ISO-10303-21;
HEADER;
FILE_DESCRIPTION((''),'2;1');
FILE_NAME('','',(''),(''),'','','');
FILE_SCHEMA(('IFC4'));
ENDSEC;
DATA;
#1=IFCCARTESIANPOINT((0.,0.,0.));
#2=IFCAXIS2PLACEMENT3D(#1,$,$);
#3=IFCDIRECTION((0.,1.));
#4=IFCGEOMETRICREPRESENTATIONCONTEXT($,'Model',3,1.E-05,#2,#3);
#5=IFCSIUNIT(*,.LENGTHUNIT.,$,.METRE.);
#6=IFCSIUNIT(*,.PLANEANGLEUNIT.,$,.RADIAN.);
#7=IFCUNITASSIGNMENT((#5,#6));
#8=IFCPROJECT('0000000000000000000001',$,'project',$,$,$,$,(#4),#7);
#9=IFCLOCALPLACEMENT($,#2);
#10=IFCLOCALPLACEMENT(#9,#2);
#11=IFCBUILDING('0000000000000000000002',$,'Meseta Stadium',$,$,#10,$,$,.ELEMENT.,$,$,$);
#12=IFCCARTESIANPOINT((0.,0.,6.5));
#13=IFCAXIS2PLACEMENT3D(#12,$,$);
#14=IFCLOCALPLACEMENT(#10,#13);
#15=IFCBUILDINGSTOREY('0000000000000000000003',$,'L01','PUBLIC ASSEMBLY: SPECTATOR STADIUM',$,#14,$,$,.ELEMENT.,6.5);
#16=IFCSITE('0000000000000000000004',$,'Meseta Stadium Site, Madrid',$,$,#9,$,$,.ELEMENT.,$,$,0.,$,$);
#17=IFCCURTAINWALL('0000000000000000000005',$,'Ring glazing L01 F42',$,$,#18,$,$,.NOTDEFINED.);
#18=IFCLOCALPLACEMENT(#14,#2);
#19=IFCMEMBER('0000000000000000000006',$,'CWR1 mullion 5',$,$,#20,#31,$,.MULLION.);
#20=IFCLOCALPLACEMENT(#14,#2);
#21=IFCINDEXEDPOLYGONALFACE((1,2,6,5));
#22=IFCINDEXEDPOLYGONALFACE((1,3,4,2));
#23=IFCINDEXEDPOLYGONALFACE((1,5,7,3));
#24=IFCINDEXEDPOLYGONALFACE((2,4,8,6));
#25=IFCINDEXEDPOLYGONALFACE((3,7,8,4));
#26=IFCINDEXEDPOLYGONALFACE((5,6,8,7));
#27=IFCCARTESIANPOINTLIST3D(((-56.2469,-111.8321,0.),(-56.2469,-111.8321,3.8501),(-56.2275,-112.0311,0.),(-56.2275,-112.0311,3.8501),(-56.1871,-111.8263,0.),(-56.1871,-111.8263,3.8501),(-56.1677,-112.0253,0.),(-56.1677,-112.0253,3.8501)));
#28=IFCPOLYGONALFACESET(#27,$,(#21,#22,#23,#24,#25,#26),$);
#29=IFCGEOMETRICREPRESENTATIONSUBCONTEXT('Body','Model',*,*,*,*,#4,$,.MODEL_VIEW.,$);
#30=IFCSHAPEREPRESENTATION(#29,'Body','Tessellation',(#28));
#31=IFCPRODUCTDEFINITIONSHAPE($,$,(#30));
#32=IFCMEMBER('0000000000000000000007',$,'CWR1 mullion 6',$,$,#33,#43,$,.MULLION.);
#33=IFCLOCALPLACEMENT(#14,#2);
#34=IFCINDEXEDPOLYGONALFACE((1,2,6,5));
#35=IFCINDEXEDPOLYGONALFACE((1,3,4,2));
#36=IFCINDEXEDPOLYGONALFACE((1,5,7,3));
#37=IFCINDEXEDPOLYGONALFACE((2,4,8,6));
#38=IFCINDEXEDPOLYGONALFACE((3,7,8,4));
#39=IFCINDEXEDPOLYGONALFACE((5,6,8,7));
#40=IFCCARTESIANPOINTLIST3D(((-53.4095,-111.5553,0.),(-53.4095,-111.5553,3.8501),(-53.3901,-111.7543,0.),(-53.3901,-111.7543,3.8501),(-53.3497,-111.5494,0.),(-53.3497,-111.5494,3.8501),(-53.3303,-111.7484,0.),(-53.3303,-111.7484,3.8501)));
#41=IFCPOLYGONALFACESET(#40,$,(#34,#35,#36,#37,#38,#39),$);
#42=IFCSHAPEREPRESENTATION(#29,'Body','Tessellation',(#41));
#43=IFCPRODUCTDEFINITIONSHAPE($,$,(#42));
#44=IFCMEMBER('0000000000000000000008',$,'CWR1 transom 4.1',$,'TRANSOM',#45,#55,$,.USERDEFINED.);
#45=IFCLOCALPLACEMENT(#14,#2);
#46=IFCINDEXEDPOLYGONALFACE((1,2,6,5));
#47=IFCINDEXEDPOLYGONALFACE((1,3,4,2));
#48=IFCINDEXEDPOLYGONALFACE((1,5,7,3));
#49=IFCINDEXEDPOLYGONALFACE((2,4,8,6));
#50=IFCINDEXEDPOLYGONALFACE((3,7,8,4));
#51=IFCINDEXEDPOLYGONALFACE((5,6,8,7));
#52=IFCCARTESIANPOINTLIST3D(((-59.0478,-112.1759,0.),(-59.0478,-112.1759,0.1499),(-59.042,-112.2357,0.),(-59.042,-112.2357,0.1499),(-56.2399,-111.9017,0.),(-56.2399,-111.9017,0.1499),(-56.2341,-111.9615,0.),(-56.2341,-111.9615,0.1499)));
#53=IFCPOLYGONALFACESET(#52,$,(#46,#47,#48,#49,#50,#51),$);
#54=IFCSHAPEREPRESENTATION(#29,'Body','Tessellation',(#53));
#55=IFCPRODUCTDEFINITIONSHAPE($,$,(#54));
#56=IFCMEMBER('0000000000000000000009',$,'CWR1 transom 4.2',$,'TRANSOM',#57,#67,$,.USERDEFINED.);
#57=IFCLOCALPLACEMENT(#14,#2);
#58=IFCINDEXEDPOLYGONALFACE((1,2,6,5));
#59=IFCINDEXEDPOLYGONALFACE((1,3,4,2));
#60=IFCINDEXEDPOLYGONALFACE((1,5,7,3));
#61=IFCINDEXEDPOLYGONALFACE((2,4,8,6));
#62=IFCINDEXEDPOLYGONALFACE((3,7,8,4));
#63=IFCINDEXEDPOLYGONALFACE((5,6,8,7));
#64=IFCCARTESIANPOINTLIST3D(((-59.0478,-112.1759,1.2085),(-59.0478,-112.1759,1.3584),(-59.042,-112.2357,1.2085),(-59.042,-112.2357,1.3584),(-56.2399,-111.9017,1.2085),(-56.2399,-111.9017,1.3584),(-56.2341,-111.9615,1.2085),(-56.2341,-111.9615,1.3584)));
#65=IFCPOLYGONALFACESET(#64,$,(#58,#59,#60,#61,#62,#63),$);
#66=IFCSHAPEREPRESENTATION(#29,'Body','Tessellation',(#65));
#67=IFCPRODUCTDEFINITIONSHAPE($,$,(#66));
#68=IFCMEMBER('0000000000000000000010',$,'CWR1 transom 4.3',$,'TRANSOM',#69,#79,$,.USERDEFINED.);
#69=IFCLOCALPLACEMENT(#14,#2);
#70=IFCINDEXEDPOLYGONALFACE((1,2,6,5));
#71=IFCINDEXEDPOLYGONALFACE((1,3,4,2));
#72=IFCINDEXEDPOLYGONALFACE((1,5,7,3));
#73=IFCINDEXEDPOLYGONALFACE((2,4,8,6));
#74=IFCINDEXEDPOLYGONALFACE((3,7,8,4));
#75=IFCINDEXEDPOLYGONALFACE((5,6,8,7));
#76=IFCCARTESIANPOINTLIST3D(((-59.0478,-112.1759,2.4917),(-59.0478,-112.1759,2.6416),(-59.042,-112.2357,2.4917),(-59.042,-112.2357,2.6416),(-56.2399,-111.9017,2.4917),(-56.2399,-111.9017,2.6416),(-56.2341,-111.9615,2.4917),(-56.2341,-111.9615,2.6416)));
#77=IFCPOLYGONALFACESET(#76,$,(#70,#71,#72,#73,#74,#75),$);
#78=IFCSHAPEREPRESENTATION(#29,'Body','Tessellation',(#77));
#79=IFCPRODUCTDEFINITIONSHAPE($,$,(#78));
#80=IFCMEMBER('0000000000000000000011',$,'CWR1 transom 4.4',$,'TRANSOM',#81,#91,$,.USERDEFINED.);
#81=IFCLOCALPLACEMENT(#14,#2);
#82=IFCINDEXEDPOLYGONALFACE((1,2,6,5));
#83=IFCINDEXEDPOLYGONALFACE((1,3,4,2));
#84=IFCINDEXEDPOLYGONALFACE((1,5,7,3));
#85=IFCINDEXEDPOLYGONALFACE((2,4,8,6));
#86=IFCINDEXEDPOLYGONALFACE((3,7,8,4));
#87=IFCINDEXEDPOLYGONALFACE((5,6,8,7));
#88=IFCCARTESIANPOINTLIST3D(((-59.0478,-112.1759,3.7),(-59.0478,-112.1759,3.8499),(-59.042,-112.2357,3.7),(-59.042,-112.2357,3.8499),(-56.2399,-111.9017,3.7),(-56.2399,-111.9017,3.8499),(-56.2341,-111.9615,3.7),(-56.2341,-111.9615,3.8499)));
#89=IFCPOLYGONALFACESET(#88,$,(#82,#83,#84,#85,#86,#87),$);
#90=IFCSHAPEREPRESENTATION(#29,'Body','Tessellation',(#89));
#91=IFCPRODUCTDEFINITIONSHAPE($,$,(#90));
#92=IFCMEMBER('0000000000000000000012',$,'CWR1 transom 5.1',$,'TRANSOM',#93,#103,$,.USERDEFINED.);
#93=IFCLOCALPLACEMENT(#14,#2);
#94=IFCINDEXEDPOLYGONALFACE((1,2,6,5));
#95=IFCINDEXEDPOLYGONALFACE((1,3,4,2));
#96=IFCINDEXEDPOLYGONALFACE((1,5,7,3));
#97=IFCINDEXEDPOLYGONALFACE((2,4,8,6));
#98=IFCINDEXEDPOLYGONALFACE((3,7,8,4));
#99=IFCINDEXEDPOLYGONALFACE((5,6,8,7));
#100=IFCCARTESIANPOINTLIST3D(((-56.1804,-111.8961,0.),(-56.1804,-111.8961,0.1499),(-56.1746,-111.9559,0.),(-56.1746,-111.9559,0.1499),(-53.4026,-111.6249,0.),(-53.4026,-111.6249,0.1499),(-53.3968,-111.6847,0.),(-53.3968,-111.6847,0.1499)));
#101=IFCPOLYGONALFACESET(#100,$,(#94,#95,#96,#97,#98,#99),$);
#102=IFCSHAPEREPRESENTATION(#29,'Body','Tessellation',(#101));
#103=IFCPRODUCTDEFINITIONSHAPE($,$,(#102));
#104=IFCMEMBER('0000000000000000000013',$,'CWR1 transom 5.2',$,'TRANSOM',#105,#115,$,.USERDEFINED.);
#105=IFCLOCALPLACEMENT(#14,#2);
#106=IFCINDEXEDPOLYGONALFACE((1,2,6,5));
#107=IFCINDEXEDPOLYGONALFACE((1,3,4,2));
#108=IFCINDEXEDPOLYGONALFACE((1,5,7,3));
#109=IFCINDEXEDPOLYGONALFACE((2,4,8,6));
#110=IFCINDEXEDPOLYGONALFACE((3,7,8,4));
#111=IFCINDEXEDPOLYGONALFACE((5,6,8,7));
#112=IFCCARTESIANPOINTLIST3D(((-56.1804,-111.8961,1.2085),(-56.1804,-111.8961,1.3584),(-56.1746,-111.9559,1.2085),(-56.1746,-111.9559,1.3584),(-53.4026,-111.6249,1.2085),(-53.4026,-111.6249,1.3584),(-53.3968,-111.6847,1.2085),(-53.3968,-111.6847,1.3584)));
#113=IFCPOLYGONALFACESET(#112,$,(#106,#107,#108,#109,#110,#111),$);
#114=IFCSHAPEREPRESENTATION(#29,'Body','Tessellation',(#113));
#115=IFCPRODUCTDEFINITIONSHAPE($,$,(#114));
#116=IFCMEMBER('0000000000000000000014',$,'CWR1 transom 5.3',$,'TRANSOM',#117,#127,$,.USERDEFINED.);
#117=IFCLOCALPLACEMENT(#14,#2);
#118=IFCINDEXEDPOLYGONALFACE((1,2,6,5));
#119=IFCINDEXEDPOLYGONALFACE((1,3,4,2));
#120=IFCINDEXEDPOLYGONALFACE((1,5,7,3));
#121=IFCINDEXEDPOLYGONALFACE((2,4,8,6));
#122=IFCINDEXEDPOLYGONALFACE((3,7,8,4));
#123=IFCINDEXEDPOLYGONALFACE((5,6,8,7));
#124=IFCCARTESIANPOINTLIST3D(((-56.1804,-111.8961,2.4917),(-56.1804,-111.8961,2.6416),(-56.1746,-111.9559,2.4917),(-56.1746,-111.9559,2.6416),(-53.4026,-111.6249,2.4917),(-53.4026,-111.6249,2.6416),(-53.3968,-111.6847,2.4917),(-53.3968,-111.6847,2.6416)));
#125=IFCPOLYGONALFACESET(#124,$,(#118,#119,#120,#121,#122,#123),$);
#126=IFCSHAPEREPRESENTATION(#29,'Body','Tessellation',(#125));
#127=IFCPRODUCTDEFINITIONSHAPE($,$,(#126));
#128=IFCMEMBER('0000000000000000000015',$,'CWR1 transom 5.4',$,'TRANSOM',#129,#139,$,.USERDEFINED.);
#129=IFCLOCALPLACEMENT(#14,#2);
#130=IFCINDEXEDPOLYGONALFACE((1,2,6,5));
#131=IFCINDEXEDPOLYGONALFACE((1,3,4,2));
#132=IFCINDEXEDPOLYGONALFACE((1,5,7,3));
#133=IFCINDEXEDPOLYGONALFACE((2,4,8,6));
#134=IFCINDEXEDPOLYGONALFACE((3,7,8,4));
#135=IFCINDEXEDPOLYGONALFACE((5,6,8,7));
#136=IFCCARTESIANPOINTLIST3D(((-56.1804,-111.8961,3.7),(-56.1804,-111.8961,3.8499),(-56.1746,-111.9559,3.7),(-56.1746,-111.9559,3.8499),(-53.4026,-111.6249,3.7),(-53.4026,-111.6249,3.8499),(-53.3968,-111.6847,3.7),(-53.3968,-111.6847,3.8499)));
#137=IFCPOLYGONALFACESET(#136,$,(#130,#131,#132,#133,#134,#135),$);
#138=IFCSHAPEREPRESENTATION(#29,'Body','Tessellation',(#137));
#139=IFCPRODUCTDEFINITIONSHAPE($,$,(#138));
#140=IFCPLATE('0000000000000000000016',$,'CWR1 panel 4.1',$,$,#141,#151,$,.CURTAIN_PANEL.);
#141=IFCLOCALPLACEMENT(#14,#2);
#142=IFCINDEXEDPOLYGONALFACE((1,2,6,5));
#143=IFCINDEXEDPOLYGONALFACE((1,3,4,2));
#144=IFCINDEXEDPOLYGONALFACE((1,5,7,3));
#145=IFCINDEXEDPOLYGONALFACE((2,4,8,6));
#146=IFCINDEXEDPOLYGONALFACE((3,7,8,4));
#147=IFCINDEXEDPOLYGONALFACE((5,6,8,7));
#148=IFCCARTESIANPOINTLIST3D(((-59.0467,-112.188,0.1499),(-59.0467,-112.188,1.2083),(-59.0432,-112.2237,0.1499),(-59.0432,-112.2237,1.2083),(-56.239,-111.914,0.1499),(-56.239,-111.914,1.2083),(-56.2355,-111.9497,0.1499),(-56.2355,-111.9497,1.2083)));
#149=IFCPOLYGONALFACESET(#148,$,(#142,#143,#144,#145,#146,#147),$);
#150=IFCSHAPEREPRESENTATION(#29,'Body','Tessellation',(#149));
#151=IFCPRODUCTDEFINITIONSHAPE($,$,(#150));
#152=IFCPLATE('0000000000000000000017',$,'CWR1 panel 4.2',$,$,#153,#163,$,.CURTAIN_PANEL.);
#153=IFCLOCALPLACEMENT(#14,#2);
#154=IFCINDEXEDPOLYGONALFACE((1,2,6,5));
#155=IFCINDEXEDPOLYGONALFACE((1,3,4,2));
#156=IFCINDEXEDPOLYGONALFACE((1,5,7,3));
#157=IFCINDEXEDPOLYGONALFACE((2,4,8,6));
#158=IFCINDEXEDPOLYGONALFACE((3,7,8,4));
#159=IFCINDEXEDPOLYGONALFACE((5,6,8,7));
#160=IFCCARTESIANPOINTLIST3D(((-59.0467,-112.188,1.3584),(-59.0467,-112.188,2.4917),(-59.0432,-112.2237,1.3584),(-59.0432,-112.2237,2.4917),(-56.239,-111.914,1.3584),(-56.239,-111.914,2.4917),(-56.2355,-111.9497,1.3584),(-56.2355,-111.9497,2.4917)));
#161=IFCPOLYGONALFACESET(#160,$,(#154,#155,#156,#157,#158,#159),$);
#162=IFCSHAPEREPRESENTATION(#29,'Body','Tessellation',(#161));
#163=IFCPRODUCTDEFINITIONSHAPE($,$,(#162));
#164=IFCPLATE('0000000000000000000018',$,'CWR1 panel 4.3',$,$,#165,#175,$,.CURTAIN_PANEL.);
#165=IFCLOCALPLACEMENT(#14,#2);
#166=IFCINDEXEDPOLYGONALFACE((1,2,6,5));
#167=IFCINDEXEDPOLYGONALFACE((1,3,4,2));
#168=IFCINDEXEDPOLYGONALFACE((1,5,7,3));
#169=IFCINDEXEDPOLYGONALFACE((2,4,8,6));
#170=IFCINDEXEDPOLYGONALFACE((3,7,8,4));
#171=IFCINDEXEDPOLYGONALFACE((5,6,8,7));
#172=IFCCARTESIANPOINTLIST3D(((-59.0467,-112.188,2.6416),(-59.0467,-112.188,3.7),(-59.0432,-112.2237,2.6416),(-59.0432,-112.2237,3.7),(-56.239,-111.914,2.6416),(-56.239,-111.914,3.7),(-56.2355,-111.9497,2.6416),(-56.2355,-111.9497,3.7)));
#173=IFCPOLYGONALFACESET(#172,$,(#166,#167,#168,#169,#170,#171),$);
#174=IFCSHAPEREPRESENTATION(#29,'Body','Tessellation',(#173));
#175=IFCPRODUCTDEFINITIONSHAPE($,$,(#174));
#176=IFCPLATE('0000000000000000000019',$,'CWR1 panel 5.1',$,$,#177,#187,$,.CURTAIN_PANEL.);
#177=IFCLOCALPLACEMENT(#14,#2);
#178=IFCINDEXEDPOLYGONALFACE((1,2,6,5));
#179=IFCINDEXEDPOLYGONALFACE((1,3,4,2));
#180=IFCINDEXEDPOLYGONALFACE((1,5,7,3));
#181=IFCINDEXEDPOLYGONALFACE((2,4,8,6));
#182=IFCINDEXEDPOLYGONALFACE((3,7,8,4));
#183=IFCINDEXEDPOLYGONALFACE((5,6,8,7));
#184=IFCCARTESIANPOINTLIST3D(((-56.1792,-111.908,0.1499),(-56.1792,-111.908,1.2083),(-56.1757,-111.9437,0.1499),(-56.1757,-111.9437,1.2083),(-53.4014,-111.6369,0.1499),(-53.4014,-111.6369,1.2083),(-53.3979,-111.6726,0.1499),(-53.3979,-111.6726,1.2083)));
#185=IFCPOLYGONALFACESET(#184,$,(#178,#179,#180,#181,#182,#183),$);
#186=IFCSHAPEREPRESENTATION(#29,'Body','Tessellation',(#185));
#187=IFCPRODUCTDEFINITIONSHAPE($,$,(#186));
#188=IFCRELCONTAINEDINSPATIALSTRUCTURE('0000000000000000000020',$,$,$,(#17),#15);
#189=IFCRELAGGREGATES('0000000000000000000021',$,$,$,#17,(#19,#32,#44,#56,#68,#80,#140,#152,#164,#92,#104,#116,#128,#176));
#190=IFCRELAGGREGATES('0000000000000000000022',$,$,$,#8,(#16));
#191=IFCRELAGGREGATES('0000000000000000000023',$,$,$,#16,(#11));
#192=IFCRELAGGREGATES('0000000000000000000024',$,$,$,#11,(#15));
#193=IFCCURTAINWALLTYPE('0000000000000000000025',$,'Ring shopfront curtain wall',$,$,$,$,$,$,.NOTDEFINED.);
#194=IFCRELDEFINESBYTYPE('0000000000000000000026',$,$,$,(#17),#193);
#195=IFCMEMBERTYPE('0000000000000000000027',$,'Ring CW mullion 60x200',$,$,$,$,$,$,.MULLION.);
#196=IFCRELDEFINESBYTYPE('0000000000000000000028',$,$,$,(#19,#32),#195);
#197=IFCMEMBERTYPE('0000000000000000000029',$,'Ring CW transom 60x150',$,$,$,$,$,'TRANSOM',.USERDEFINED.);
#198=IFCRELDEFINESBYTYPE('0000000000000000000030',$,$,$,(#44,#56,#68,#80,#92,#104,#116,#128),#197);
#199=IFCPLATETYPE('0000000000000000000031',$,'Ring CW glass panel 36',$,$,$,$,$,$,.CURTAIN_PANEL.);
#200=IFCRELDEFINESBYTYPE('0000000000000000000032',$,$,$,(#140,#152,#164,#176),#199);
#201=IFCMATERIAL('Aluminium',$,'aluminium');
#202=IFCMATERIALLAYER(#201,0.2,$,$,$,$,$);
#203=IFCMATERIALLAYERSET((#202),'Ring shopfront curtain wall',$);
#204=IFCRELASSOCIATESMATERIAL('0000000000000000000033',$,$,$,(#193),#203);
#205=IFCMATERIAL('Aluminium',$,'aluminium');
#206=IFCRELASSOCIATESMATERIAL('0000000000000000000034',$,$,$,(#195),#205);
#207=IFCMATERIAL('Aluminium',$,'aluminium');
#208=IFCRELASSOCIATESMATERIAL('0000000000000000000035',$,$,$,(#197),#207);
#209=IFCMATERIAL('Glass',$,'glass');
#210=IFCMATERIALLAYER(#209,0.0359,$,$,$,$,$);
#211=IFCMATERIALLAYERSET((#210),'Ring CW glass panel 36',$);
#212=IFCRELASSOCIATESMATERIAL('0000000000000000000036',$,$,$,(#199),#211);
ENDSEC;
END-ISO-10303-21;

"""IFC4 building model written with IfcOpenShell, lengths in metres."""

from ifc_helpers import new_model, si_unit, direction, frame, origin, origin_2d, place, context, subcontext, project, spatial, rectangle, extrude, material, layer, layer_set, material_profile, profile_set, type_object, element, aggregate, save


model = new_model("IFC4")

# Units and contexts
model_context = context("Model", 3, precision=1e-05, world=origin(), true_north=direction((0.0, 1.0)))
body_context = subcontext(model_context, "Body", "Model", "MODEL_VIEW")
ifc_project = project(units=[si_unit("LENGTHUNIT", "METRE"), si_unit("PLANEANGLEUNIT", "RADIAN")], contexts=[model_context])

# Site, building, storey
site_placement = place(None, origin())
site = spatial("IfcSite", under=ifc_project, at=site_placement, Name="Meseta Stadium Site, Madrid", CompositionType="ELEMENT", RefElevation=0.0)
building_placement = place(site_placement, origin())
building = spatial("IfcBuilding", under=site, at=building_placement, Name="Meseta Stadium", CompositionType="ELEMENT")
storey_placement = place(building_placement, frame((0.0, 0.0, 6.5)))
storey = spatial("IfcBuildingStorey", under=building, at=storey_placement, Name="L01", Description="PUBLIC ASSEMBLY: SPECTATOR STADIUM", CompositionType="ELEMENT", Elevation=6.5)

# Curtain wall, members, plates
ifc_material_1 = material(Name="Aluminium", Category="aluminium")
ifc_layer_1 = layer(ifc_material_1, 0.2)
ifc_layer_set_1 = layer_set([ifc_layer_1], Name="Ring shopfront curtain wall")
curtain_wall_type = type_object("IfcCurtainWallType", Name="Ring shopfront curtain wall", PredefinedType="NOTDEFINED", material=ifc_layer_set_1)
curtain_wall_placement = place(storey_placement, origin())
curtain_wall = element("IfcCurtainWall", 1, at=curtain_wall_placement, inside=storey, type_object=curtain_wall_type, Name="Ring glazing L01 F42", PredefinedType="NOTDEFINED")
ifc_material_2 = material(Name="Aluminium", Category="aluminium")
ifc_material_profile_1 = material_profile(ifc_material_2, rectangle(XDim=0.2, YDim=0.0601, at=origin_2d()), Name="CW 200x60")
ifc_profile_set_1 = profile_set([ifc_material_profile_1], Name="Aluminium")
member_type_1 = type_object("IfcMemberType", Name="Ring CW mullion 60x200", PredefinedType="MULLION", material=ifc_profile_set_1)
member_1_placement = place(storey_placement, frame((-56.2073, -111.9287, 0.0), z_axis=(0.0, 0.0, 1.0), x_axis=(-0.097125, 0.995272, 0.0)))
member_1 = element("IfcMember", 2, at=member_1_placement, type_object=member_type_1, Name="CWR1 mullion 5", PredefinedType="MULLION", context=body_context, shape_type="SweptSolid", body=[
    extrude(rectangle(XDim=0.2, YDim=0.0601, at=origin_2d()), origin(), (0.0, 0.0, 1.0), 3.8501),
])
member_2_placement = place(storey_placement, frame((-53.3699, -111.6519, 0.0), z_axis=(0.0, 0.0, 1.0), x_axis=(-0.097125, 0.995272, 0.0)))
member_2 = element("IfcMember", 3, at=member_2_placement, type_object=member_type_1, Name="CWR1 mullion 6", PredefinedType="MULLION", context=body_context, shape_type="SweptSolid", body=[
    extrude(rectangle(XDim=0.2, YDim=0.0601, at=origin_2d()), origin(), (0.0, 0.0, 1.0), 3.8501),
])
ifc_material_3 = material(Name="Aluminium", Category="aluminium")
ifc_material_profile_2 = material_profile(ifc_material_3, rectangle(XDim=0.0601, YDim=0.1499, at=origin_2d()), Name="CW 60x150")
ifc_profile_set_2 = profile_set([ifc_material_profile_2], Name="Aluminium")
member_type_2 = type_object("IfcMemberType", Name="Ring CW transom 60x150", ElementType="TRANSOM", PredefinedType="USERDEFINED", material=ifc_profile_set_2)
member_3_placement = place(storey_placement, frame((-59.0449, -112.2058, 0.075), z_axis=(0.995267, 0.097182, 0.0), x_axis=(-0.097182, 0.995267, 0.0)))
member_3 = element("IfcMember", 4, at=member_3_placement, type_object=member_type_2, Name="CWR1 transom 4.1", ObjectType="TRANSOM", PredefinedType="USERDEFINED", context=body_context, shape_type="SweptSolid", body=[
    extrude(rectangle(XDim=0.0601, YDim=0.1499, at=origin_2d()), origin(), (0.0, 0.0, 1.0), 2.8213),
])
member_4_placement = place(storey_placement, frame((-59.0449, -112.2058, 1.2834), z_axis=(0.995267, 0.097182, 0.0), x_axis=(-0.097182, 0.995267, 0.0)))
member_4 = element("IfcMember", 5, at=member_4_placement, type_object=member_type_2, Name="CWR1 transom 4.2", ObjectType="TRANSOM", PredefinedType="USERDEFINED", context=body_context, shape_type="SweptSolid", body=[
    extrude(rectangle(XDim=0.0601, YDim=0.1499, at=origin_2d()), origin(), (0.0, 0.0, 1.0), 2.8213),
])
member_5_placement = place(storey_placement, frame((-59.0449, -112.2058, 2.5667), z_axis=(0.995267, 0.097182, 0.0), x_axis=(-0.097182, 0.995267, 0.0)))
member_5 = element("IfcMember", 6, at=member_5_placement, type_object=member_type_2, Name="CWR1 transom 4.3", ObjectType="TRANSOM", PredefinedType="USERDEFINED", context=body_context, shape_type="SweptSolid", body=[
    extrude(rectangle(XDim=0.0601, YDim=0.1499, at=origin_2d()), origin(), (0.0, 0.0, 1.0), 2.8213),
])
member_6_placement = place(storey_placement, frame((-59.0449, -112.2058, 3.7749), z_axis=(0.995267, 0.097182, 0.0), x_axis=(-0.097182, 0.995267, 0.0)))
member_6 = element("IfcMember", 7, at=member_6_placement, type_object=member_type_2, Name="CWR1 transom 4.4", ObjectType="TRANSOM", PredefinedType="USERDEFINED", context=body_context, shape_type="SweptSolid", body=[
    extrude(rectangle(XDim=0.0601, YDim=0.1499, at=origin_2d()), origin(), (0.0, 0.0, 1.0), 2.8213),
])
member_7_placement = place(storey_placement, frame((-56.1775, -111.926, 0.075), z_axis=(0.995267, 0.097182, 0.0), x_axis=(-0.097182, 0.995267, 0.0)))
member_7 = element("IfcMember", 8, at=member_7_placement, type_object=member_type_2, Name="CWR1 transom 5.1", ObjectType="TRANSOM", PredefinedType="USERDEFINED", context=body_context, shape_type="SweptSolid", body=[
    extrude(rectangle(XDim=0.0601, YDim=0.1499, at=origin_2d()), origin(), (0.0, 0.0, 1.0), 2.791),
])
member_8_placement = place(storey_placement, frame((-56.1775, -111.926, 1.2834), z_axis=(0.995267, 0.097182, 0.0), x_axis=(-0.097182, 0.995267, 0.0)))
member_8 = element("IfcMember", 9, at=member_8_placement, type_object=member_type_2, Name="CWR1 transom 5.2", ObjectType="TRANSOM", PredefinedType="USERDEFINED", context=body_context, shape_type="SweptSolid", body=[
    extrude(rectangle(XDim=0.0601, YDim=0.1499, at=origin_2d()), origin(), (0.0, 0.0, 1.0), 2.791),
])
member_9_placement = place(storey_placement, frame((-56.1775, -111.926, 2.5667), z_axis=(0.995267, 0.097182, 0.0), x_axis=(-0.097182, 0.995267, 0.0)))
member_9 = element("IfcMember", 10, at=member_9_placement, type_object=member_type_2, Name="CWR1 transom 5.3", ObjectType="TRANSOM", PredefinedType="USERDEFINED", context=body_context, shape_type="SweptSolid", body=[
    extrude(rectangle(XDim=0.0601, YDim=0.1499, at=origin_2d()), origin(), (0.0, 0.0, 1.0), 2.791),
])
member_10_placement = place(storey_placement, frame((-56.1775, -111.926, 3.7749), z_axis=(0.995267, 0.097182, 0.0), x_axis=(-0.097182, 0.995267, 0.0)))
member_10 = element("IfcMember", 11, at=member_10_placement, type_object=member_type_2, Name="CWR1 transom 5.4", ObjectType="TRANSOM", PredefinedType="USERDEFINED", context=body_context, shape_type="SweptSolid", body=[
    extrude(rectangle(XDim=0.0601, YDim=0.1499, at=origin_2d()), origin(), (0.0, 0.0, 1.0), 2.791),
])
ifc_material_4 = material(Name="Glass", Category="glass")
ifc_layer_2 = layer(ifc_material_4, 0.0359)
ifc_layer_set_2 = layer_set([ifc_layer_2], Name="Ring CW glass panel 36")
plate_type_1 = type_object("IfcPlateType", Name="Ring CW glass panel 36", PredefinedType="CURTAIN_PANEL", material=ifc_layer_set_2)
plate_1_placement = place(storey_placement, frame((-57.6411, -112.0688, 0.1499), z_axis=(0.0, 0.0, 1.0), x_axis=(0.995272, 0.097125, 0.0)))
plate_1 = element("IfcPlate", 12, at=plate_1_placement, type_object=plate_type_1, Name="CWR1 panel 4.1", PredefinedType="CURTAIN_PANEL", context=body_context, shape_type="SweptSolid", body=[
    extrude(rectangle(XDim=2.821, YDim=0.0359, at=origin_2d()), origin(), (0.0, 0.0, 1.0), 1.0583),
])
plate_2_placement = place(storey_placement, frame((-57.6411, -112.0688, 1.3584), z_axis=(0.0, 0.0, 1.0), x_axis=(0.995272, 0.097125, 0.0)))
plate_2 = element("IfcPlate", 13, at=plate_2_placement, type_object=plate_type_1, Name="CWR1 panel 4.2", PredefinedType="CURTAIN_PANEL", context=body_context, shape_type="SweptSolid", body=[
    extrude(rectangle(XDim=2.821, YDim=0.0359, at=origin_2d()), origin(), (0.0, 0.0, 1.0), 1.1333),
])
plate_3_placement = place(storey_placement, frame((-57.6411, -112.0688, 2.6416), z_axis=(0.0, 0.0, 1.0), x_axis=(0.995272, 0.097125, 0.0)))
plate_3 = element("IfcPlate", 14, at=plate_3_placement, type_object=plate_type_1, Name="CWR1 panel 4.3", PredefinedType="CURTAIN_PANEL", context=body_context, shape_type="SweptSolid", body=[
    extrude(rectangle(XDim=2.821, YDim=0.0359, at=origin_2d()), origin(), (0.0, 0.0, 1.0), 1.0583),
])
plate_4_placement = place(storey_placement, frame((-54.7886, -111.7903, 0.1499), z_axis=(0.0, 0.0, 1.0), x_axis=(0.995272, 0.097125, 0.0)))
plate_4 = element("IfcPlate", 15, at=plate_4_placement, type_object=plate_type_1, Name="CWR1 panel 5.1", PredefinedType="CURTAIN_PANEL", context=body_context, shape_type="SweptSolid", body=[
    extrude(rectangle(XDim=2.791, YDim=0.0359, at=origin_2d()), origin(), (0.0, 0.0, 1.0), 1.0583),
])
aggregate(curtain_wall, [member_1, member_2, member_3, member_4, member_5, member_6, plate_1, plate_2, plate_3, member_7, member_8, member_9, member_10, plate_4])

save(model, "model.ifc")
